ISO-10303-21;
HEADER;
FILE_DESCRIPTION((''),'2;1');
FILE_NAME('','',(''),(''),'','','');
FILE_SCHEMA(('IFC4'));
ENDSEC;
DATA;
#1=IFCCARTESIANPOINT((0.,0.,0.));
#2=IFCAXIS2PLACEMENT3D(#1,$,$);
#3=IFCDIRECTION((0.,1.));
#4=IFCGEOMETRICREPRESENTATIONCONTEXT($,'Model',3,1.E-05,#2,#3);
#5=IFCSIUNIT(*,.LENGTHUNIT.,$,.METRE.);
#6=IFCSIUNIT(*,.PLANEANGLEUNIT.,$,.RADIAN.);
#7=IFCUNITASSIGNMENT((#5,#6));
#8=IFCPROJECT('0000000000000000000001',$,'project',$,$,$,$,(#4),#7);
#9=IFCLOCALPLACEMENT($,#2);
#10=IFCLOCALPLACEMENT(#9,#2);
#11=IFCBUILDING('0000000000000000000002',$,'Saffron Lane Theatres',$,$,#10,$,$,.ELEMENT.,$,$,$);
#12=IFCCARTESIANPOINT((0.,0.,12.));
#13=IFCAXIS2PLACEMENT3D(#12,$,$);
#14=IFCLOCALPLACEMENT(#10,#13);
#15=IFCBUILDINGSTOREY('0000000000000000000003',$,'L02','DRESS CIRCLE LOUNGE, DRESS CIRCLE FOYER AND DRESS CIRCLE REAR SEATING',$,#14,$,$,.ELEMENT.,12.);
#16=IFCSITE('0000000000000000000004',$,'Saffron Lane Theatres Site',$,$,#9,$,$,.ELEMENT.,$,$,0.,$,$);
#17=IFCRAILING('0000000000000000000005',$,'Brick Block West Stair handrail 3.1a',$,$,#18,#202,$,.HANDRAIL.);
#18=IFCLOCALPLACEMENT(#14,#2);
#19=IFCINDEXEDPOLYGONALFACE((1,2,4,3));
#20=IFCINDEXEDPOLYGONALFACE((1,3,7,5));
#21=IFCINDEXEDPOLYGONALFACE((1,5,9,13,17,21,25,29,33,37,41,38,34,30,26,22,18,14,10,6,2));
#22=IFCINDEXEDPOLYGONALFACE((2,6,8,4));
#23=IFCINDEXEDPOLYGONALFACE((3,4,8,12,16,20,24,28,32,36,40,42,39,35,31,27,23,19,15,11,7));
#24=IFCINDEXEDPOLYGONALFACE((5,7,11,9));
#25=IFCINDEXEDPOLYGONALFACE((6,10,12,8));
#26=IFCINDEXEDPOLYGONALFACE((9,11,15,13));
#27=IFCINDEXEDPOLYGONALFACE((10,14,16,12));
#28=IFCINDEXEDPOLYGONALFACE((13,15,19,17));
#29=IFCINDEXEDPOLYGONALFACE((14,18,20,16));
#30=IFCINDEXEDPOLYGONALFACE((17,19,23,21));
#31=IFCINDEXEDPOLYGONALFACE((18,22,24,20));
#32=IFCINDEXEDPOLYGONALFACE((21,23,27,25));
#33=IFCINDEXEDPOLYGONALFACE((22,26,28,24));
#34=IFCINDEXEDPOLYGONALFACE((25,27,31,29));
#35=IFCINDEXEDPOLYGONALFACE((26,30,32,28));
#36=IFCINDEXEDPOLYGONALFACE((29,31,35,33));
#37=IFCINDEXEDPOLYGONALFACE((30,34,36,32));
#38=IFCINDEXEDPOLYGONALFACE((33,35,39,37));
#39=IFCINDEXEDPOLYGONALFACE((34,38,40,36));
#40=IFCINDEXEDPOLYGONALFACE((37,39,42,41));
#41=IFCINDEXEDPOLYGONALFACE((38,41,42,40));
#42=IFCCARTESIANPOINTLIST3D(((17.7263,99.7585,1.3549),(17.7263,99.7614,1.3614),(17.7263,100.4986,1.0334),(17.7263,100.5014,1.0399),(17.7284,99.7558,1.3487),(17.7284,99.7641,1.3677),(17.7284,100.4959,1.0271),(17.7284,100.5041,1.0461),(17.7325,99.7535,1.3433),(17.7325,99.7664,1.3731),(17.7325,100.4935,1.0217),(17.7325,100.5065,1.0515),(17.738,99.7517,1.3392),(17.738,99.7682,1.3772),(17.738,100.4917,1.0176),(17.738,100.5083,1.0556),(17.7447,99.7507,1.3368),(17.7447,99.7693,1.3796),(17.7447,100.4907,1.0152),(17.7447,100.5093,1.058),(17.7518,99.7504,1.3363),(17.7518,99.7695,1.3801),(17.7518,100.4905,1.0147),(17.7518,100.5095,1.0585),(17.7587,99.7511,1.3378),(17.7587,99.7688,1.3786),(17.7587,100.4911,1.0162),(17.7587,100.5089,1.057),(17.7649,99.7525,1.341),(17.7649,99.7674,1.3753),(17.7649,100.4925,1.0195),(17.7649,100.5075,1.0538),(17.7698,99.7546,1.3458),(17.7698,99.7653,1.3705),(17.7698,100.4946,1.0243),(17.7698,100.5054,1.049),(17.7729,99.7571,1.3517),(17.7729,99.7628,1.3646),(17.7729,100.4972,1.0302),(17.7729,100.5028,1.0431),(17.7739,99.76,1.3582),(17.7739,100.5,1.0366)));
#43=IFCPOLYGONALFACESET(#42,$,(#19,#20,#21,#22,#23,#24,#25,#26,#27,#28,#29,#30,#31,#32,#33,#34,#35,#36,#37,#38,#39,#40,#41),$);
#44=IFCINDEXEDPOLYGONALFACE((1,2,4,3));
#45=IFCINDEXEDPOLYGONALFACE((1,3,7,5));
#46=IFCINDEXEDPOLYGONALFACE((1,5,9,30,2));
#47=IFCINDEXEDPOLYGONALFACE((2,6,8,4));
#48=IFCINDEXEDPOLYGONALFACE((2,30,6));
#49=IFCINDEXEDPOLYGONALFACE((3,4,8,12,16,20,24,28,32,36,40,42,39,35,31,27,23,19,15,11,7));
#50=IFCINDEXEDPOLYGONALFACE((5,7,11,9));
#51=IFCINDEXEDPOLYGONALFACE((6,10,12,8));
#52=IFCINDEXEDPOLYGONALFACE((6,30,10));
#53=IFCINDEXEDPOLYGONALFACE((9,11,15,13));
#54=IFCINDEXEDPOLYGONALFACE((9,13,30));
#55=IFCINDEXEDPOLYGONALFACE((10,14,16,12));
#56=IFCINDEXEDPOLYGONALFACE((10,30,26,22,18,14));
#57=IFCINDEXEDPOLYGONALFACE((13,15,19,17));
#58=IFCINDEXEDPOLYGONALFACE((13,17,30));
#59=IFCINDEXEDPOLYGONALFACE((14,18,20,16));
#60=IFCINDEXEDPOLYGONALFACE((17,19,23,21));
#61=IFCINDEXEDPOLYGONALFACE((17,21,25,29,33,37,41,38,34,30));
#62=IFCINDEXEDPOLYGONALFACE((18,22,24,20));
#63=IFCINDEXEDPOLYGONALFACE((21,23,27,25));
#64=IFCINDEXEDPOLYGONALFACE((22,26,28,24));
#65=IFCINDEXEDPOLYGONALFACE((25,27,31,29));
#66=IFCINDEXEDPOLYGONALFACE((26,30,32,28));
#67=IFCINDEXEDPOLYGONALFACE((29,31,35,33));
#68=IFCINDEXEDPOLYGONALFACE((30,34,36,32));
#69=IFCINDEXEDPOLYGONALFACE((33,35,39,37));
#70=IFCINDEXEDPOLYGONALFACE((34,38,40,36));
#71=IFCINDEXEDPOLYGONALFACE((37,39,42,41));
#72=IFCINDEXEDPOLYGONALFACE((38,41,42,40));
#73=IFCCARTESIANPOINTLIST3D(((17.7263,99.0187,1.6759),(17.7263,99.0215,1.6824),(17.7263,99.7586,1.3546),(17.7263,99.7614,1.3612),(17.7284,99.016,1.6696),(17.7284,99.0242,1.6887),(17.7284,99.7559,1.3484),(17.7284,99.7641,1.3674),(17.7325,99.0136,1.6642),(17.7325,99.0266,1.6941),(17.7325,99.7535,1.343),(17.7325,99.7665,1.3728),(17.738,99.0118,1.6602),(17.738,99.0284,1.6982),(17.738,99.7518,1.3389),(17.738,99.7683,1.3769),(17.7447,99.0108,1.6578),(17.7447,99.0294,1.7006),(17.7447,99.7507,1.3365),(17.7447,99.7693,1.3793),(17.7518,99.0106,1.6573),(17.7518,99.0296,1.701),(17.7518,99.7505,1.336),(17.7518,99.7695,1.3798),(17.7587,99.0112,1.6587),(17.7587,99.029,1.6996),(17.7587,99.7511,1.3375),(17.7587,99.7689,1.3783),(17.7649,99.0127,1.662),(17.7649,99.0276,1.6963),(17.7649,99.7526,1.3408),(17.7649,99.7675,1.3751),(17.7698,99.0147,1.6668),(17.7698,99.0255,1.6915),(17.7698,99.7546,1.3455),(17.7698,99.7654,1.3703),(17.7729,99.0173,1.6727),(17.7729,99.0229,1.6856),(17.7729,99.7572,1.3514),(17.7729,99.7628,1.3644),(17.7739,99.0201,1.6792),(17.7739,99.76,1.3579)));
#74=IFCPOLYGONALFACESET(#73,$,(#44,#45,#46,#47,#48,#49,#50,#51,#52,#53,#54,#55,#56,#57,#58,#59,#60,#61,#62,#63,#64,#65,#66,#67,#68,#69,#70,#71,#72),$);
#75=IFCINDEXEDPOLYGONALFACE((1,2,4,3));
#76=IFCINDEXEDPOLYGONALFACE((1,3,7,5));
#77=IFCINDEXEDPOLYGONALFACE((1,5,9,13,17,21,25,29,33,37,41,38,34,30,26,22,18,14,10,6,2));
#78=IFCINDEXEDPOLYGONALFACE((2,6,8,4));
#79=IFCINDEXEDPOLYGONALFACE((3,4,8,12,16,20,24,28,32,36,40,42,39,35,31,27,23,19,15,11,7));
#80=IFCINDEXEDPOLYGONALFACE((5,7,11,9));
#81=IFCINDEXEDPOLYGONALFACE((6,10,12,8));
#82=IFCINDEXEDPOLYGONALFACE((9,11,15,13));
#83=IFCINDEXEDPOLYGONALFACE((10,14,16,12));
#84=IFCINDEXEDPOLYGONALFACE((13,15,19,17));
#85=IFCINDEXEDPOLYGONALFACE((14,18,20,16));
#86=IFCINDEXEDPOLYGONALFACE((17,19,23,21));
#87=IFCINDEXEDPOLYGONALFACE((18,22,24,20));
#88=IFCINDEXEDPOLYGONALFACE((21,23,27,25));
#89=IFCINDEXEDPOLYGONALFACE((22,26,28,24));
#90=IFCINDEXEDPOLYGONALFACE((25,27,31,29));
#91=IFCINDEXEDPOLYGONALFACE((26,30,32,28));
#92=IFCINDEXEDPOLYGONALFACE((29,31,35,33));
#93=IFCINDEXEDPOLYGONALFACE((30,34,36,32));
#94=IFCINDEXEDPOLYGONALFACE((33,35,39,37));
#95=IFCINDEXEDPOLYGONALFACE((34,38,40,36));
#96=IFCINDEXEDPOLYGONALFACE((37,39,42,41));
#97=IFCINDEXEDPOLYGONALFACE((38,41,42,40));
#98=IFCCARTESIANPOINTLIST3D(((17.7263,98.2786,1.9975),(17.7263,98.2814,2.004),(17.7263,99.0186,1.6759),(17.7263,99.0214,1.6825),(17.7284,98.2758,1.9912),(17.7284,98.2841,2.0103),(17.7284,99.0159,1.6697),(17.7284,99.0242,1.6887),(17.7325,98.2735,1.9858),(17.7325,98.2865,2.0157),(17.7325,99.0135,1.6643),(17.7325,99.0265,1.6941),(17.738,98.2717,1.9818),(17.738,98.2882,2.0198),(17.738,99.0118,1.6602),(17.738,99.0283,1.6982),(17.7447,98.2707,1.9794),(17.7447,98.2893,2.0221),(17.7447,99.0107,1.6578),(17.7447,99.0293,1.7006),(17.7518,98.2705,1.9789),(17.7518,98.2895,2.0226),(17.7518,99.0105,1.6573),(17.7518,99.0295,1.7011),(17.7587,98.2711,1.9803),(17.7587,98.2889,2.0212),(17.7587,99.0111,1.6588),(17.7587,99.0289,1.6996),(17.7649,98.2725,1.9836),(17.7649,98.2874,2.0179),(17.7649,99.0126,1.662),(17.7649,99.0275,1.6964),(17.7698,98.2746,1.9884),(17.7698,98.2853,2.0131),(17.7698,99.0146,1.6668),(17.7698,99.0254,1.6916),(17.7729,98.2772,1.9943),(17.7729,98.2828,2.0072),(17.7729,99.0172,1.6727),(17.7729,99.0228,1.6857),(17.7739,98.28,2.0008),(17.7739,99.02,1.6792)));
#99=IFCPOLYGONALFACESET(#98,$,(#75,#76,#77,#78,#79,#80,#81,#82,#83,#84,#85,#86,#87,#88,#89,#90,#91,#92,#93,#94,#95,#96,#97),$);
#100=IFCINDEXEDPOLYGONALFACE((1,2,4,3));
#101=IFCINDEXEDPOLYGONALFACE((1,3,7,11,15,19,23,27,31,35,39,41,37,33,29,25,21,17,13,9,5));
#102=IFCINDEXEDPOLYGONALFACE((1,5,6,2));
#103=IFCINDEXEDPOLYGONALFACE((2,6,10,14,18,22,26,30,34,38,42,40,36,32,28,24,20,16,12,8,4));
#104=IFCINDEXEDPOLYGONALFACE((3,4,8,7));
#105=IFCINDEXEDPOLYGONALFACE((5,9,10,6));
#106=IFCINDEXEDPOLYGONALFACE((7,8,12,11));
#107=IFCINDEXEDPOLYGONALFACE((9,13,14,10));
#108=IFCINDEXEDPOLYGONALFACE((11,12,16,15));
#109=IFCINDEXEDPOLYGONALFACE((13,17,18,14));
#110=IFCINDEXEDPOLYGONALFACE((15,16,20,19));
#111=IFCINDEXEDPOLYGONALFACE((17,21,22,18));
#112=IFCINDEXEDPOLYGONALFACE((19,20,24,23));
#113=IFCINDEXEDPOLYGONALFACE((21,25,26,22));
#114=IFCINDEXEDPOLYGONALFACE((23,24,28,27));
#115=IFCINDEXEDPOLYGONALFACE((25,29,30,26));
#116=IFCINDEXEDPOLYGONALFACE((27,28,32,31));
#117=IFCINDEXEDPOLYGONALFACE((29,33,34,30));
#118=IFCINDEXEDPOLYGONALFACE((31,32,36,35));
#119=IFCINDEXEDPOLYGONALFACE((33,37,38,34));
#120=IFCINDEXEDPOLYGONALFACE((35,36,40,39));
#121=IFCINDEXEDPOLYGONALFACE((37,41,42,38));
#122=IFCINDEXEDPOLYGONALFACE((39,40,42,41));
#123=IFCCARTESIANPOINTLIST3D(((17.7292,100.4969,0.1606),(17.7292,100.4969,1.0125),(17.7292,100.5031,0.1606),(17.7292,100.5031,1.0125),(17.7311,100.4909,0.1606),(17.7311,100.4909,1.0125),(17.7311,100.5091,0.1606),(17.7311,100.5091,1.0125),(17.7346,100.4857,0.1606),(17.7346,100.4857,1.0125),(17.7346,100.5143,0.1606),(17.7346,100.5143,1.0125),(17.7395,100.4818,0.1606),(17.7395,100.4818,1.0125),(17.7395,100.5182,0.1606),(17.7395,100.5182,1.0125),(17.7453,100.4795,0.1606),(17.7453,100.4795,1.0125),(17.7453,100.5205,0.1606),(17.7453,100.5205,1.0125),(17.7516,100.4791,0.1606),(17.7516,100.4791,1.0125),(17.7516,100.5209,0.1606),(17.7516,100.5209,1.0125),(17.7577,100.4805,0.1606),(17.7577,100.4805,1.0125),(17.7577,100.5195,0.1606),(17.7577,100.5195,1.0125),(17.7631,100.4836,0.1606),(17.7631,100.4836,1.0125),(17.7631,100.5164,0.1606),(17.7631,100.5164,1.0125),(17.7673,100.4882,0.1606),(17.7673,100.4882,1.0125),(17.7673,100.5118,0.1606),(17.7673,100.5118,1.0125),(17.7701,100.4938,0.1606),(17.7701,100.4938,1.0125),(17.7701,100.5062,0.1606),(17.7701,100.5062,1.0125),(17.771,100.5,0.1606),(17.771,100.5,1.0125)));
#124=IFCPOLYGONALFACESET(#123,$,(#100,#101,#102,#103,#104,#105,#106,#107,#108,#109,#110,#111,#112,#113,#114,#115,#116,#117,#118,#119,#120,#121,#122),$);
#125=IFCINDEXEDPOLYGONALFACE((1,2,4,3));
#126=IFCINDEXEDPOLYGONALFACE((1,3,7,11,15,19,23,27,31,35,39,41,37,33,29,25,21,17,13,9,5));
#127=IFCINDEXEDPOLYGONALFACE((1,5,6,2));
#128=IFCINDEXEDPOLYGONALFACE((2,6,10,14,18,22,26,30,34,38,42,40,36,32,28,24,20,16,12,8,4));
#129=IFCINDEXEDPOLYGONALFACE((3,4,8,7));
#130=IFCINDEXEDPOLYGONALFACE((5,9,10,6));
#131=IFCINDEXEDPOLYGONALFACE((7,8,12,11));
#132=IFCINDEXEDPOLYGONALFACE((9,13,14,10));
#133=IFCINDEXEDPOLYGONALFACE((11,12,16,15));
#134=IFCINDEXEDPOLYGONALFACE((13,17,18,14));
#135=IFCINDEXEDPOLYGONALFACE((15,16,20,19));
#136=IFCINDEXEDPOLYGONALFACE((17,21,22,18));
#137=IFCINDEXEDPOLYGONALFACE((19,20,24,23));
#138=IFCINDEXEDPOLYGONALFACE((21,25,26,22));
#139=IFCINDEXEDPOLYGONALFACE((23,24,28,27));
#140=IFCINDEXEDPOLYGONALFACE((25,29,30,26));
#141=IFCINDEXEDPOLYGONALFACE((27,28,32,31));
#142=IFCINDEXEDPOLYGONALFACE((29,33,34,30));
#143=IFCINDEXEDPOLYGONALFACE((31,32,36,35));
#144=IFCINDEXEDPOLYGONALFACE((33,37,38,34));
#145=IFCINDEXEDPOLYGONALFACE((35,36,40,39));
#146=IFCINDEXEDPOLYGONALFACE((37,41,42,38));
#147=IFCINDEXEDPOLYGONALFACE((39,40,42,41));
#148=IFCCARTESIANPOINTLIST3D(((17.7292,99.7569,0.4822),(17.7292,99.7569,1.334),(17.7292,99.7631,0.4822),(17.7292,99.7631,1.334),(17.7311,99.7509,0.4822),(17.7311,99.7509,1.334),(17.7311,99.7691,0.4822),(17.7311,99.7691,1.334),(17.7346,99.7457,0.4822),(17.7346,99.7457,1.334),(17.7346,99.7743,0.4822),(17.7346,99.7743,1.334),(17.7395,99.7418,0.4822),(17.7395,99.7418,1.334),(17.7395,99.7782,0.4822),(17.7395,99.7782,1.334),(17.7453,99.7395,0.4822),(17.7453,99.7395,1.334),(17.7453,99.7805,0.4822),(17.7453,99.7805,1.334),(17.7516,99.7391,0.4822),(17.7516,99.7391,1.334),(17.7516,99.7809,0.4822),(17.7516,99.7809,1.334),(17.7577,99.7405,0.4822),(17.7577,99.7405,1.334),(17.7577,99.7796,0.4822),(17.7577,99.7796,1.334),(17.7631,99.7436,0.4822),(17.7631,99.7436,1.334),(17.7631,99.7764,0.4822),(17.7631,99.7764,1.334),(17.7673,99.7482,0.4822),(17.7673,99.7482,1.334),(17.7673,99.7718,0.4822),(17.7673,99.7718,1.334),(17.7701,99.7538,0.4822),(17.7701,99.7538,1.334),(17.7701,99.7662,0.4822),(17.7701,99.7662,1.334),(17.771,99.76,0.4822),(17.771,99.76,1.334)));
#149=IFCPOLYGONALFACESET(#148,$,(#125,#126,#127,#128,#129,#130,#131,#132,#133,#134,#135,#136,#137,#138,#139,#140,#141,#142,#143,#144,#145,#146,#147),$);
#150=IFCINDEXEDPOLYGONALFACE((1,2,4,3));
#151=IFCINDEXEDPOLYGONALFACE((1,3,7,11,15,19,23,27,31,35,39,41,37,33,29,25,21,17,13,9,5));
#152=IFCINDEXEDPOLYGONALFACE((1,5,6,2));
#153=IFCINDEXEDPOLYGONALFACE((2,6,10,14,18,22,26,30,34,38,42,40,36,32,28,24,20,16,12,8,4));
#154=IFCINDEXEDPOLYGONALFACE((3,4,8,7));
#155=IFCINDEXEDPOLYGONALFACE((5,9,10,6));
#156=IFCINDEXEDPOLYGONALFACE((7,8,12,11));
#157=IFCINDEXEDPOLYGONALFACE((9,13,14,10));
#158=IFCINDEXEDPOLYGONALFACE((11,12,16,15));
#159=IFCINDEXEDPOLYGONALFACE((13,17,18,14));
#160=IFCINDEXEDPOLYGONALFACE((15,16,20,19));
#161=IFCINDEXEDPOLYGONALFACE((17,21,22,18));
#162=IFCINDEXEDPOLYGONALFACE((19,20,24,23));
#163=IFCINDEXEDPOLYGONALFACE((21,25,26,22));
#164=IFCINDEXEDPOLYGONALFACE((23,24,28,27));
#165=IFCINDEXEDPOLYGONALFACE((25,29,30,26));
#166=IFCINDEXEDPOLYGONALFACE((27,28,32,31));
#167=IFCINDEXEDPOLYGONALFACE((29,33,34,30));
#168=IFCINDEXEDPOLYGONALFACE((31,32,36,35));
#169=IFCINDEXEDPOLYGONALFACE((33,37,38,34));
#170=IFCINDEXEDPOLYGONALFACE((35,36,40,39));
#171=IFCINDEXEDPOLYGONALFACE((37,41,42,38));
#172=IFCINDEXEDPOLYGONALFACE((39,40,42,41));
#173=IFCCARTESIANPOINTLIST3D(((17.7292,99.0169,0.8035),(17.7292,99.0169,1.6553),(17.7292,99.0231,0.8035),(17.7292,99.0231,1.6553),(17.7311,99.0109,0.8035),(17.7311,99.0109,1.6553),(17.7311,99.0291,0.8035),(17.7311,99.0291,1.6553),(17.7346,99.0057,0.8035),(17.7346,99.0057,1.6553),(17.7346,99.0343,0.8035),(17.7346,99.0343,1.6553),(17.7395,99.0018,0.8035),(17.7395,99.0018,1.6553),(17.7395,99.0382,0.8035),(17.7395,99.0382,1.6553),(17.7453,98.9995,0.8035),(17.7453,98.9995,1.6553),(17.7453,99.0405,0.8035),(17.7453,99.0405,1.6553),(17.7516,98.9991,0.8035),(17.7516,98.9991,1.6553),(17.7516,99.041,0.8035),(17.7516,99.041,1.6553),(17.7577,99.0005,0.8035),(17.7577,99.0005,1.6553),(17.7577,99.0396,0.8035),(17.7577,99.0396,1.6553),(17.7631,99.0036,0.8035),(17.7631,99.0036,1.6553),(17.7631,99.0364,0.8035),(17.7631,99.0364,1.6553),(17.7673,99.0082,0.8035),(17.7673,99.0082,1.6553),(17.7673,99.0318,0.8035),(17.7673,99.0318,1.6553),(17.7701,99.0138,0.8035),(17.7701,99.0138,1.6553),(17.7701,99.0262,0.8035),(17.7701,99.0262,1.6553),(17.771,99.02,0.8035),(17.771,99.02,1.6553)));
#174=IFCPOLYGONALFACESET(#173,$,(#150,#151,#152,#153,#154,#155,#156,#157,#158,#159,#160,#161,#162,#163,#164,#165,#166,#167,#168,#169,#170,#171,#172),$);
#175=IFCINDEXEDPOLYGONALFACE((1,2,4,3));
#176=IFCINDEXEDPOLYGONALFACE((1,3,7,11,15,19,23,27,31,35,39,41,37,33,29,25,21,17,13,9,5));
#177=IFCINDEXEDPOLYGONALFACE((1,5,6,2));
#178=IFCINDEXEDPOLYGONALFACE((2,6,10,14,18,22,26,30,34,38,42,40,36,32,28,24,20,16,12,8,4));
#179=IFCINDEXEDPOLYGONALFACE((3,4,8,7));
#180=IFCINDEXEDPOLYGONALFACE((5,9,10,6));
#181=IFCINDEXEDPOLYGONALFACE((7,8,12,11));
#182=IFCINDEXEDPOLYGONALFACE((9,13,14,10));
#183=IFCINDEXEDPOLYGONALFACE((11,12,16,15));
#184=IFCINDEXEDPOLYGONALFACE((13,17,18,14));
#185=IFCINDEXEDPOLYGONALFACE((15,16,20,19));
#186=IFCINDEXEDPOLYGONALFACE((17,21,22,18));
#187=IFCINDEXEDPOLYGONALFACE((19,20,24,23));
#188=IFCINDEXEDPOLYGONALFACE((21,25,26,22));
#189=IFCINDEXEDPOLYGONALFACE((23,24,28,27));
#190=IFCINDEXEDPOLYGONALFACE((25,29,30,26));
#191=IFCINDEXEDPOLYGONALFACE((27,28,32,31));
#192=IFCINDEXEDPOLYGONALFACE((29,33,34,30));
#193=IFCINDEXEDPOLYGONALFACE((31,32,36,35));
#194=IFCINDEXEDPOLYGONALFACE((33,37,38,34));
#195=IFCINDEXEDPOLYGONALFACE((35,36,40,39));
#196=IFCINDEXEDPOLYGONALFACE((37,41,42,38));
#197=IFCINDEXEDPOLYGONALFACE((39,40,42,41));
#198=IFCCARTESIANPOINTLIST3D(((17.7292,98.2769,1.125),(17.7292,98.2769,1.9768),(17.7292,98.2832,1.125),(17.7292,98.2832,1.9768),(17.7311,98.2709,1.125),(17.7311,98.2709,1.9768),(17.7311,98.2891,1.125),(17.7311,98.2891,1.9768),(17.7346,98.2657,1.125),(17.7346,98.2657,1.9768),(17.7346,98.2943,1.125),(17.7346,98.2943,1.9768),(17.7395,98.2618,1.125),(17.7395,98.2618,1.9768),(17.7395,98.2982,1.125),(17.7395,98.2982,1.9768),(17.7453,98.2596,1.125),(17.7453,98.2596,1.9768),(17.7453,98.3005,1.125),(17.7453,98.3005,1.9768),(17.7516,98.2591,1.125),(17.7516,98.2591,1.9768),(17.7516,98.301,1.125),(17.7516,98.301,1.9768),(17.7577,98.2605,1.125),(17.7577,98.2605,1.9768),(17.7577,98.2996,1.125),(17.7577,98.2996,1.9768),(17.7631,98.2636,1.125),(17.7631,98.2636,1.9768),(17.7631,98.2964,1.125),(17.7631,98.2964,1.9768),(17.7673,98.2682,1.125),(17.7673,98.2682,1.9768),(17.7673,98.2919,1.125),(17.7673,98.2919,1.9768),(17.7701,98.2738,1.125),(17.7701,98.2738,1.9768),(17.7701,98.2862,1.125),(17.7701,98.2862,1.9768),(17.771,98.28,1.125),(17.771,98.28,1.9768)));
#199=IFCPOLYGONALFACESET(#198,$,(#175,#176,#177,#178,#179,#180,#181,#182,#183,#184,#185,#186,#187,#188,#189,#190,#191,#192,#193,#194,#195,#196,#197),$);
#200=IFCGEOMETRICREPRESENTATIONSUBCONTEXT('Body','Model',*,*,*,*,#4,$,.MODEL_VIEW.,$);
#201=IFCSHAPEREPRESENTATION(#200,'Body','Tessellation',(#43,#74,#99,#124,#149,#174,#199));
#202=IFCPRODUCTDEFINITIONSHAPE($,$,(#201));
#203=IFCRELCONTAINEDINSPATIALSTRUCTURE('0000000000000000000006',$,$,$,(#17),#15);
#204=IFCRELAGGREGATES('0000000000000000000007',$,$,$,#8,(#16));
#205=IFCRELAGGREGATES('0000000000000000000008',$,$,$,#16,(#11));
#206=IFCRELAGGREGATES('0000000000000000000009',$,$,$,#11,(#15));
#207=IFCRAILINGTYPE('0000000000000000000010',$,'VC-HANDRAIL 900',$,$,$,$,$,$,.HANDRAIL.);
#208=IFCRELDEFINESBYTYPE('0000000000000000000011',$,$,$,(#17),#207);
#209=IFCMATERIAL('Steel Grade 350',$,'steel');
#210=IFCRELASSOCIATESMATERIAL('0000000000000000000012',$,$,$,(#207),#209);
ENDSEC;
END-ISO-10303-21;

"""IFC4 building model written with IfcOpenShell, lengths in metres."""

from ifc_helpers import new_model, si_unit, direction, frame, origin, origin_2d, place, context, subcontext, project, spatial, circle, extrude, material, type_object, element, save


model = new_model("IFC4")

# Units and contexts
model_context = context("Model", 3, precision=1e-05, world=origin(), true_north=direction((0.0, 1.0)))
body_context = subcontext(model_context, "Body", "Model", "MODEL_VIEW")
ifc_project = project(units=[si_unit("LENGTHUNIT", "METRE"), si_unit("PLANEANGLEUNIT", "RADIAN")], contexts=[model_context])

# Site, building, storey
site_placement = place(None, origin())
site = spatial("IfcSite", under=ifc_project, at=site_placement, Name="Saffron Lane Theatres Site", CompositionType="ELEMENT", RefElevation=0.0)
building_placement = place(site_placement, origin())
building = spatial("IfcBuilding", under=site, at=building_placement, Name="Saffron Lane Theatres", CompositionType="ELEMENT")
storey_placement = place(building_placement, frame((0.0, 0.0, 12.0)))
storey = spatial("IfcBuildingStorey", under=building, at=storey_placement, Name="L02", Description="DRESS CIRCLE LOUNGE, DRESS CIRCLE FOYER AND DRESS CIRCLE REAR SEATING", CompositionType="ELEMENT", Elevation=12.0)

# Railing
ifc_material_1 = material(Name="Steel Grade 350", Category="steel")
railing_type_1 = type_object("IfcRailingType", Name="VC-HANDRAIL 900", PredefinedType="HANDRAIL", material=ifc_material_1)
for number, where, name in (
    (1, (17.75, 100.5, 0.1606), "Brick Block West Stair handrail 3.1a"),
):
    element("IfcRailing", number, at=place(storey_placement, frame(where)), inside=storey, type_object=railing_type_1, Name=name, PredefinedType="HANDRAIL", context=body_context, shape_type="SweptSolid", body=[
        extrude(circle(Radius=0.0239, at=origin_2d()), frame((0.0, 0.0, 0.876), z_axis=(0.0, -0.917161, 0.398516), x_axis=(1.0, 0.0, 0.0)), (0.0, 0.0, 1.0), 0.8069),
        extrude(circle(Radius=0.0239, at=origin_2d()), frame((0.0, -0.74, 1.1973), z_axis=(0.0, -0.917272, 0.398261), x_axis=(1.0, 0.0, 0.0)), (0.0, 0.0, 1.0), 0.8066),
        extrude(circle(Radius=0.0239, at=origin_2d()), frame((0.0, -1.48, 1.5186), z_axis=(0.0, -0.917161, 0.398516), x_axis=(1.0, 0.0, 0.0)), (0.0, 0.0, 1.0), 0.8069),
        extrude(circle(Radius=0.021, at=origin_2d()), origin(), (0.0, 0.0, 1.0), 0.8518),
        extrude(circle(Radius=0.021, at=origin_2d()), frame((0.0, -0.74, 0.3215)), (0.0, 0.0, 1.0), 0.8518),
        extrude(circle(Radius=0.021, at=origin_2d()), frame((0.0, -1.48, 0.6428)), (0.0, 0.0, 1.0), 0.8518),
        extrude(circle(Radius=0.021, at=origin_2d()), frame((0.0, -2.22, 0.9644)), (0.0, 0.0, 1.0), 0.8518),
    ])

save(model, "model.ifc")
